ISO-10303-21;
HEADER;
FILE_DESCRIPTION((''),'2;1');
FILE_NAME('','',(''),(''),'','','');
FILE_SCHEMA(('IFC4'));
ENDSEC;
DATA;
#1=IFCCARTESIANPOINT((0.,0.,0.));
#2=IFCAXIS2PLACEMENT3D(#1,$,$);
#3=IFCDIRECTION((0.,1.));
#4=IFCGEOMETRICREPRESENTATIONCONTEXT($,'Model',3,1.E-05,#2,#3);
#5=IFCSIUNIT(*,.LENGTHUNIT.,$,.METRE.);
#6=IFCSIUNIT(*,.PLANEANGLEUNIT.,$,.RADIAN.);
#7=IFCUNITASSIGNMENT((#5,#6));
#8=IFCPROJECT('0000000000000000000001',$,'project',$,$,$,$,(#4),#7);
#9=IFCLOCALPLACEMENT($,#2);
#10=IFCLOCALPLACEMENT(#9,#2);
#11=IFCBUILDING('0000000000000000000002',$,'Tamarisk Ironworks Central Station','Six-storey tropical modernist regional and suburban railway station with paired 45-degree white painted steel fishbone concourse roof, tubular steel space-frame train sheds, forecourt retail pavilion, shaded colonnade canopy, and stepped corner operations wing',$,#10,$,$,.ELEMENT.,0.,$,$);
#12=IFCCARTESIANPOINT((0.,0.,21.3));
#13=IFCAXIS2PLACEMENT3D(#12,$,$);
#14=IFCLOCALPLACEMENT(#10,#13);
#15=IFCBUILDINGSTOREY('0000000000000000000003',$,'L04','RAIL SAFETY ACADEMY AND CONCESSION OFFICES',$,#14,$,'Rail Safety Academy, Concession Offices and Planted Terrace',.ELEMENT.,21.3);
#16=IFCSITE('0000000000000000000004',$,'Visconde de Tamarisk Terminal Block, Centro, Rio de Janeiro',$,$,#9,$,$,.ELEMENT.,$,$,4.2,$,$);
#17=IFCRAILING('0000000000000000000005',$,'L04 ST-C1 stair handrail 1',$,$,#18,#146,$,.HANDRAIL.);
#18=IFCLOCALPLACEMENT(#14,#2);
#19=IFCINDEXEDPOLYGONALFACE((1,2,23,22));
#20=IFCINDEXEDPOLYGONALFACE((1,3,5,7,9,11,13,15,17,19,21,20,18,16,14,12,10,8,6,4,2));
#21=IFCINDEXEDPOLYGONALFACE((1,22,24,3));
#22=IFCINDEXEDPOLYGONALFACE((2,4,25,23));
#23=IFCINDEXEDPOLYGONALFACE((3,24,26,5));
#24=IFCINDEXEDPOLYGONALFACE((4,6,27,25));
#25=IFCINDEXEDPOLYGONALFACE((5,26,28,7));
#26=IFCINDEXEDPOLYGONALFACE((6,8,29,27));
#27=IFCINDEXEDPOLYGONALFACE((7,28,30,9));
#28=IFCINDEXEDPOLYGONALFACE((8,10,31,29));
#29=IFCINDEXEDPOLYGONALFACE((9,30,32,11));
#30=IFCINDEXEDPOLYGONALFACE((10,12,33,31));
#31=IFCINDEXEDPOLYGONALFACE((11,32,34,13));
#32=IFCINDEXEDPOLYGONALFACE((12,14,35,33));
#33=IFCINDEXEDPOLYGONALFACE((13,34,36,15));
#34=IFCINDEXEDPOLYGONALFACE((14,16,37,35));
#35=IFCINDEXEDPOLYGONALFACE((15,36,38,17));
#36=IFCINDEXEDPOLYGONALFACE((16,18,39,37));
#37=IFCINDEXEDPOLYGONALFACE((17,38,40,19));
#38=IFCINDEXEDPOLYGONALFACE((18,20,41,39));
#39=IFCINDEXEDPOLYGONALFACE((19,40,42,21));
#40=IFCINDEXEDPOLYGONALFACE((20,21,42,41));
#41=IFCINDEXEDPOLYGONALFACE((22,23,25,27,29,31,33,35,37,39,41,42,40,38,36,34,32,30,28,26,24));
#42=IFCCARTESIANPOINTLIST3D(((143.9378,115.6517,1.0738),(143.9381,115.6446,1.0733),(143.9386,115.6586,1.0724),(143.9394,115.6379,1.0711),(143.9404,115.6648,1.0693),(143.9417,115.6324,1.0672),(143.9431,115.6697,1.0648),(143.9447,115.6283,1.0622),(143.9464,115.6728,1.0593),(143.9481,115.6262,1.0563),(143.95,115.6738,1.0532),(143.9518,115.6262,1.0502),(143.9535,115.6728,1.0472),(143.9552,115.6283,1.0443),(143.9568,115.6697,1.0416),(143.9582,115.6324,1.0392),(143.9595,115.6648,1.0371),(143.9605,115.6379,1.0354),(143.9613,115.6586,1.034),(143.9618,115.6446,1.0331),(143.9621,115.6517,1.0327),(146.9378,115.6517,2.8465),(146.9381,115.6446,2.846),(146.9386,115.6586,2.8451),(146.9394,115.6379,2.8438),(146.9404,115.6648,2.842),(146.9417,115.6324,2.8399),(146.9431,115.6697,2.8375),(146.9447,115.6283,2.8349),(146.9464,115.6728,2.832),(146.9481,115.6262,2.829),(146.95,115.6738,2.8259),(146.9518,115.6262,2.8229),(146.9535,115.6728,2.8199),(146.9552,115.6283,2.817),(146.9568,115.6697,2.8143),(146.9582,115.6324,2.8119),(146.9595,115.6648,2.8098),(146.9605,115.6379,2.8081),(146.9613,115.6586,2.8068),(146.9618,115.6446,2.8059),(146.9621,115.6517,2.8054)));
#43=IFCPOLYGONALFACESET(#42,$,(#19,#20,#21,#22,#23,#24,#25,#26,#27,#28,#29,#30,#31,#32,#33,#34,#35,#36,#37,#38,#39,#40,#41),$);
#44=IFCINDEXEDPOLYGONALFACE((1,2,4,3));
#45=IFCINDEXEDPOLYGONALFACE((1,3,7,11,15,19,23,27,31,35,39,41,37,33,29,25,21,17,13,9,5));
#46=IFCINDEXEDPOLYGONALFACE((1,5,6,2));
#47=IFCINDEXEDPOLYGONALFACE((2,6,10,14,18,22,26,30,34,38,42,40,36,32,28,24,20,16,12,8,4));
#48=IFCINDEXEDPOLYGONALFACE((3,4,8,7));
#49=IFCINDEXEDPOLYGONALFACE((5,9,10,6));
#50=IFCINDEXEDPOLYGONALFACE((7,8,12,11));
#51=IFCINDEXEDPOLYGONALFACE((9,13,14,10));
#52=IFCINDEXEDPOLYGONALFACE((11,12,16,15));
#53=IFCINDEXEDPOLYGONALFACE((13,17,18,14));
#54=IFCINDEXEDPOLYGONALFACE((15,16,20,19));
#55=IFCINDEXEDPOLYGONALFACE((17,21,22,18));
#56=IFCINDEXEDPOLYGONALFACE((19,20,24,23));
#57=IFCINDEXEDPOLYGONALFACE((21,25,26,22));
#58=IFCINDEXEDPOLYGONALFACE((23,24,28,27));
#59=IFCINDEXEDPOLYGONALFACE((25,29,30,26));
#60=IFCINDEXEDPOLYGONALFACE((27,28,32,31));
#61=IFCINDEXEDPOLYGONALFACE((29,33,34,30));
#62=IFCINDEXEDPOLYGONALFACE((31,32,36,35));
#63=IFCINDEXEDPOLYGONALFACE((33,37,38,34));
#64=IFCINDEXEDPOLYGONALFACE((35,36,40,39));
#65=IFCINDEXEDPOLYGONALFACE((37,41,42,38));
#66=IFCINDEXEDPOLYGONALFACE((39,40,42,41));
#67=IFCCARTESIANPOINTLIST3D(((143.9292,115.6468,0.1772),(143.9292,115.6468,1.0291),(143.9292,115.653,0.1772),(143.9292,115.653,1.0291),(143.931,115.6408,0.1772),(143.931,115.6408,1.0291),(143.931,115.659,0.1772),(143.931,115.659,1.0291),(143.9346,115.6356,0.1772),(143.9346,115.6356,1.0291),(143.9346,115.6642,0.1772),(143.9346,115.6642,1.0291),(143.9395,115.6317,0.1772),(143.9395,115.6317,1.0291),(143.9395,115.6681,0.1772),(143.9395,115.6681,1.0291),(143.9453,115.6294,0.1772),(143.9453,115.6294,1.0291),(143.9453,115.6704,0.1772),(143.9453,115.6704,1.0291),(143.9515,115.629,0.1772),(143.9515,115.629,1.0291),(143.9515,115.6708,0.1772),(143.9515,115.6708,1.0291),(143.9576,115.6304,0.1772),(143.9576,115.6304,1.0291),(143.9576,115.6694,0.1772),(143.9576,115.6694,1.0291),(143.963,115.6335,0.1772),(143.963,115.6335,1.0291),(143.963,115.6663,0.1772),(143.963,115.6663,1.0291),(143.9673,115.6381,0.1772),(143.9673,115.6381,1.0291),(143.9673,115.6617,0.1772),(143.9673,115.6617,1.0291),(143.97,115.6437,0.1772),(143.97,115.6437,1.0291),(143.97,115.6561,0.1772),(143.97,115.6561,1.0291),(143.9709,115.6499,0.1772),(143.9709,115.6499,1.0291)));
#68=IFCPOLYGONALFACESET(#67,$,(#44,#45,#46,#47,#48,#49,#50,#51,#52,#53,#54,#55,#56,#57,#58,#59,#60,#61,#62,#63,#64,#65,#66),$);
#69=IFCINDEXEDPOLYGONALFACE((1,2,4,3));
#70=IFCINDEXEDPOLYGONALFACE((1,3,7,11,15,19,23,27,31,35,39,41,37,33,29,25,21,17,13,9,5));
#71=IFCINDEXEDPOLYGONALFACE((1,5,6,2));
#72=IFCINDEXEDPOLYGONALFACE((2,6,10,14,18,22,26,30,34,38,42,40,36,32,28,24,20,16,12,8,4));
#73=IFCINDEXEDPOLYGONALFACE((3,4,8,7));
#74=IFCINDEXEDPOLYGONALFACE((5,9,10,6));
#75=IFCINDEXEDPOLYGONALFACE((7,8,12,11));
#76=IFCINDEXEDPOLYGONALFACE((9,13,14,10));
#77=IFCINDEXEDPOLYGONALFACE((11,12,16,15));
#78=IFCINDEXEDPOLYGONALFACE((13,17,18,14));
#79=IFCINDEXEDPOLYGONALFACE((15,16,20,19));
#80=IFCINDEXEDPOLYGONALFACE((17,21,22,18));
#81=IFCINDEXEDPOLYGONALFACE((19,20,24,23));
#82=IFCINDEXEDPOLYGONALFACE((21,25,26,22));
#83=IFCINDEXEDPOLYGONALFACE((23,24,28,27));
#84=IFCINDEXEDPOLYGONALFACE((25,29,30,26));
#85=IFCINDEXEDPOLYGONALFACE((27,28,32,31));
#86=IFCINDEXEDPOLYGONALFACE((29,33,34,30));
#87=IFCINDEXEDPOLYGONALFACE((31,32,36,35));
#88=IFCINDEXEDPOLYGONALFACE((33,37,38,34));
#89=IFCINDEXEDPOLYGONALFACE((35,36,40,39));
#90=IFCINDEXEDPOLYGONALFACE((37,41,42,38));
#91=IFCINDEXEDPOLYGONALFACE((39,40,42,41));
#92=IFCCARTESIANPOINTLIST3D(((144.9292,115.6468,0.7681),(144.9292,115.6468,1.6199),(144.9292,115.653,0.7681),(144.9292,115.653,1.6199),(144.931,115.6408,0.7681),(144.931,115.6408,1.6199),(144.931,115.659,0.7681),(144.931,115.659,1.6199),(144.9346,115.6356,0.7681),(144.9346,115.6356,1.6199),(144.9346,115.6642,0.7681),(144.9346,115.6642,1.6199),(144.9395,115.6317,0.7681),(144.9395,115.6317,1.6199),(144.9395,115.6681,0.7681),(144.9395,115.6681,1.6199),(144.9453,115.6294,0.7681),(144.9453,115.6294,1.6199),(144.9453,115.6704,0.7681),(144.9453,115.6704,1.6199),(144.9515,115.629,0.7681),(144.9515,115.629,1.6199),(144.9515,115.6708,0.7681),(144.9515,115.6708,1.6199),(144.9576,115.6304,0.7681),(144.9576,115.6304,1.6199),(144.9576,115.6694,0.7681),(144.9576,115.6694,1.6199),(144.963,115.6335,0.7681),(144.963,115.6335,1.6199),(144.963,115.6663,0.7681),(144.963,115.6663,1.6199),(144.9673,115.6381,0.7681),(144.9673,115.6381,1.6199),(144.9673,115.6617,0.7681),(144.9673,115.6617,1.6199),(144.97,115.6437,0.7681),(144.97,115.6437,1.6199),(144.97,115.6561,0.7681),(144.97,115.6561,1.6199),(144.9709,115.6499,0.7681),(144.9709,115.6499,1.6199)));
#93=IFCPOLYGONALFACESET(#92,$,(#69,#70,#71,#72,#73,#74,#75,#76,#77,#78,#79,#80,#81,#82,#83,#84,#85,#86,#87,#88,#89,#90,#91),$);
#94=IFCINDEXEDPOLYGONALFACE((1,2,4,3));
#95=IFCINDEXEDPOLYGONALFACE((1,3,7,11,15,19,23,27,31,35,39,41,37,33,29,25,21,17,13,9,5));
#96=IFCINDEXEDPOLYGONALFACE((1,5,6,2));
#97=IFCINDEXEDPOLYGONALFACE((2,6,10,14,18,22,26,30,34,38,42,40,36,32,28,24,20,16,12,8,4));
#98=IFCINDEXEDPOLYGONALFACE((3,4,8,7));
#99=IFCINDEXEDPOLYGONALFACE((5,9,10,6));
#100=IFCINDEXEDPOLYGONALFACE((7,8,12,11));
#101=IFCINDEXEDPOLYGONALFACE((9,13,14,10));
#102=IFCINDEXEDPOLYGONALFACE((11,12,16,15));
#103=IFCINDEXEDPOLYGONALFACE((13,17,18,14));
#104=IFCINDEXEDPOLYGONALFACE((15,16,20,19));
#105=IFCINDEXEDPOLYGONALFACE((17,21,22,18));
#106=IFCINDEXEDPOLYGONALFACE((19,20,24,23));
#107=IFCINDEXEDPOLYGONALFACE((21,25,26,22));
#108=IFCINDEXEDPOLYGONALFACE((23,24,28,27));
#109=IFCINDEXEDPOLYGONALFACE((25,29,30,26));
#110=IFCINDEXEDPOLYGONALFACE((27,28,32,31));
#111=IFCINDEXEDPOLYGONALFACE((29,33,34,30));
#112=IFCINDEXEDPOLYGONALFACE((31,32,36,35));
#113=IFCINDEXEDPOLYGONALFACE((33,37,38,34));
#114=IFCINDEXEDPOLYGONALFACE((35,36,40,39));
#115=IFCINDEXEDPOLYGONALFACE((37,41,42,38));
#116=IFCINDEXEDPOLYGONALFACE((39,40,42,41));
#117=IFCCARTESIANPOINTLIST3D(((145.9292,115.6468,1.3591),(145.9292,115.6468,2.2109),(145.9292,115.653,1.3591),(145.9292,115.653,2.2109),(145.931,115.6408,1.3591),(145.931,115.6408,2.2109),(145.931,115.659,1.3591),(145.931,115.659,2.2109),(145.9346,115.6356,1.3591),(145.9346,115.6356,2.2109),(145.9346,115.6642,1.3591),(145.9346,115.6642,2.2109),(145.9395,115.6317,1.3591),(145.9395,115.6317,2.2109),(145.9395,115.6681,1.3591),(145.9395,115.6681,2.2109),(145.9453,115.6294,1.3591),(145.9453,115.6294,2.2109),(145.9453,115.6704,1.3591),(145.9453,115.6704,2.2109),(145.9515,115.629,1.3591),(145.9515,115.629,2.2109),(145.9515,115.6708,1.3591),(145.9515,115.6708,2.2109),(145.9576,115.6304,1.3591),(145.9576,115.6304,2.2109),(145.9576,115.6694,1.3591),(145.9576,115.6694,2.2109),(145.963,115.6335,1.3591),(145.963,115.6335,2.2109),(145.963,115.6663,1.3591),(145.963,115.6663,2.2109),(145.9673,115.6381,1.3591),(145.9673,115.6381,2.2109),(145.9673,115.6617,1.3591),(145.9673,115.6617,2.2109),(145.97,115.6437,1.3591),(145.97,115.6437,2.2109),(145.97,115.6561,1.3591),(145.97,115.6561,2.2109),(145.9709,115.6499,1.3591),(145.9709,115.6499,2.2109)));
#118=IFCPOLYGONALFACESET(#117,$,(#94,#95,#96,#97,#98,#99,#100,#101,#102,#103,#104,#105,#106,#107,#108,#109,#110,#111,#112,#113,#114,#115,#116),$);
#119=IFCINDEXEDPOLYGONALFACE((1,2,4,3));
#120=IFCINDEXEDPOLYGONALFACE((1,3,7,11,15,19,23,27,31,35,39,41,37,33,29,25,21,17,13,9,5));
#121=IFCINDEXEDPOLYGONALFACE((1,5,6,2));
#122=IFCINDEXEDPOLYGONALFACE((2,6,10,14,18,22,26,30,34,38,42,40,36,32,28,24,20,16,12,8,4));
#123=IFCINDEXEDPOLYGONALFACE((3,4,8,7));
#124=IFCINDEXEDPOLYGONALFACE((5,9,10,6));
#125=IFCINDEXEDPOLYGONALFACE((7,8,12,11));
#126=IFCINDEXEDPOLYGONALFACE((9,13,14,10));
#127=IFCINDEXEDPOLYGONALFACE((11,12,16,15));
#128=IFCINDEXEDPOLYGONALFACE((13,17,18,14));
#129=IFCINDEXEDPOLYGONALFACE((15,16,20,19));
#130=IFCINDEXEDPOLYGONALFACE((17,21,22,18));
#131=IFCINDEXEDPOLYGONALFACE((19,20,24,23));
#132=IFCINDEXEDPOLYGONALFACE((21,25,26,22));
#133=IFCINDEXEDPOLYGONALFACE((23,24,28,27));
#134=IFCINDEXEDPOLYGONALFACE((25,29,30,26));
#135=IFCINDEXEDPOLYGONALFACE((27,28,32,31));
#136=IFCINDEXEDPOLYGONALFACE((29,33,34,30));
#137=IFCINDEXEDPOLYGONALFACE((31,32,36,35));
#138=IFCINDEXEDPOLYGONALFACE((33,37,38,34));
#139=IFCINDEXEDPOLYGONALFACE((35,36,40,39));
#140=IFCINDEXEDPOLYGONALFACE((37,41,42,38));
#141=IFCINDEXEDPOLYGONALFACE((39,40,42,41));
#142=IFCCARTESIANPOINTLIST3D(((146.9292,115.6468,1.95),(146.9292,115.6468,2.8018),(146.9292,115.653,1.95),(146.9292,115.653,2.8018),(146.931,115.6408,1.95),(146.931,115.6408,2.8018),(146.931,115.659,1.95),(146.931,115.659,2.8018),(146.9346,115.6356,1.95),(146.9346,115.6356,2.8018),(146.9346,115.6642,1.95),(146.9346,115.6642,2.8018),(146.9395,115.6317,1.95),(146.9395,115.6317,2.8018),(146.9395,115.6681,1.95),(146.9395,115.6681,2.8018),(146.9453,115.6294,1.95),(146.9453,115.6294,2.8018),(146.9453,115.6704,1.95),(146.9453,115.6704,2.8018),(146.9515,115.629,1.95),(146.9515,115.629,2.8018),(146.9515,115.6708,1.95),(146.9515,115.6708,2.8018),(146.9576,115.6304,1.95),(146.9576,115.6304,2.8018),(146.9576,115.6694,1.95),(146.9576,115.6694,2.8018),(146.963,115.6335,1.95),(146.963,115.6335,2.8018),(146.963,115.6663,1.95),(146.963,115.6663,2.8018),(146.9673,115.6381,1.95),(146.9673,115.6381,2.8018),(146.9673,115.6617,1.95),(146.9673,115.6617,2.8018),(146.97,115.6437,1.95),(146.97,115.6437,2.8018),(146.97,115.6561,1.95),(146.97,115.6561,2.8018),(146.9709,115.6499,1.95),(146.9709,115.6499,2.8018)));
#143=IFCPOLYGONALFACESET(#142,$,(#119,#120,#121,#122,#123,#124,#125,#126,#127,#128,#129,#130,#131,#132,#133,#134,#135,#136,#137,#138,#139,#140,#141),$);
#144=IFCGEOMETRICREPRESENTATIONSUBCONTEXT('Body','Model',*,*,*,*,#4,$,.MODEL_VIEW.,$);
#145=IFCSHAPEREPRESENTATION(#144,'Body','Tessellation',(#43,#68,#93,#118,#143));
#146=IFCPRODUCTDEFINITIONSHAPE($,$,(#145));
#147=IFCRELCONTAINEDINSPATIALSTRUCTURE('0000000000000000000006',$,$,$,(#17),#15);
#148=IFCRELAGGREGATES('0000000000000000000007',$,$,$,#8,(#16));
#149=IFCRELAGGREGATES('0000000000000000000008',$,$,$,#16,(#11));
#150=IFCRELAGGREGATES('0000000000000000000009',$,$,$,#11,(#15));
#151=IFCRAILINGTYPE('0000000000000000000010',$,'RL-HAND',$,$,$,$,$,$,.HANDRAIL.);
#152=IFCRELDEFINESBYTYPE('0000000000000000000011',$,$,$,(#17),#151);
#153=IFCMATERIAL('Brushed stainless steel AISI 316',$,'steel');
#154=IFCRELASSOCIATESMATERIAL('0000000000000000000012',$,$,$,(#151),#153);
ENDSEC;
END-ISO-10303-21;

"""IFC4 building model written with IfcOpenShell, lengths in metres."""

from ifc_helpers import new_model, si_unit, direction, frame, origin, origin_2d, place, context, subcontext, project, spatial, circle, extrude, material, type_object, element, save


model = new_model("IFC4")

# Units and contexts
model_context = context("Model", 3, precision=1e-05, world=origin(), true_north=direction((0.0, 1.0)))
body_context = subcontext(model_context, "Body", "Model", "MODEL_VIEW")
ifc_project = project(units=[si_unit("LENGTHUNIT", "METRE"), si_unit("PLANEANGLEUNIT", "RADIAN")], contexts=[model_context])

# Site, building, storey
site_placement = place(None, origin())
site = spatial("IfcSite", under=ifc_project, at=site_placement, Name="Visconde de Tamarisk Terminal Block, Centro, Rio de Janeiro", CompositionType="ELEMENT", RefElevation=4.2)
building_placement = place(site_placement, origin())
building = spatial("IfcBuilding", under=site, at=building_placement, Name="Tamarisk Ironworks Central Station", Description="Six-storey tropical modernist regional and suburban railway station with paired 45-degree white painted steel fishbone concourse roof, tubular steel space-frame train sheds, forecourt retail pavilion, shaded colonnade canopy, and stepped corner operations wing", CompositionType="ELEMENT", ElevationOfRefHeight=0.0)
storey_placement = place(building_placement, frame((0.0, 0.0, 21.3)))
storey = spatial("IfcBuildingStorey", under=building, at=storey_placement, Name="L04", Description="RAIL SAFETY ACADEMY AND CONCESSION OFFICES", LongName="Rail Safety Academy, Concession Offices and Planted Terrace", CompositionType="ELEMENT", Elevation=21.3)

# Shared definitions
ifc_material_1 = material(Name="Brushed stainless steel AISI 316", Category="steel")

# Railing
railing_type_1 = type_object("IfcRailingType", Name="RL-HAND", PredefinedType="HANDRAIL", material=ifc_material_1)
railing_1_placement = place(storey_placement, frame((143.95, 115.6499, 0.1772)))
element("IfcRailing", 1, at=railing_1_placement, inside=storey, type_object=railing_type_1, Name="L04 ST-C1 stair handrail 1", PredefinedType="HANDRAIL", context=body_context, shape_type="SweptSolid", body=[
    extrude(circle(Radius=0.0239, at=origin_2d()), frame((0.0, 0.0, 0.876), z_axis=(0.860929, 0.0, 0.508725), x_axis=(0.0, 1.0, 0.0)), (0.0, 0.0, 1.0), 3.4846),
    extrude(circle(Radius=0.021, at=origin_2d()), origin(), (0.0, 0.0, 1.0), 0.8518),
    extrude(circle(Radius=0.021, at=origin_2d()), frame((1.0, 0.0, 0.5908)), (0.0, 0.0, 1.0), 0.8518),
    extrude(circle(Radius=0.021, at=origin_2d()), frame((2.0, 0.0, 1.1819)), (0.0, 0.0, 1.0), 0.8518),
    extrude(circle(Radius=0.021, at=origin_2d()), frame((3.0, 0.0, 1.7727)), (0.0, 0.0, 1.0), 0.8518),
])

save(model, "model.ifc")
